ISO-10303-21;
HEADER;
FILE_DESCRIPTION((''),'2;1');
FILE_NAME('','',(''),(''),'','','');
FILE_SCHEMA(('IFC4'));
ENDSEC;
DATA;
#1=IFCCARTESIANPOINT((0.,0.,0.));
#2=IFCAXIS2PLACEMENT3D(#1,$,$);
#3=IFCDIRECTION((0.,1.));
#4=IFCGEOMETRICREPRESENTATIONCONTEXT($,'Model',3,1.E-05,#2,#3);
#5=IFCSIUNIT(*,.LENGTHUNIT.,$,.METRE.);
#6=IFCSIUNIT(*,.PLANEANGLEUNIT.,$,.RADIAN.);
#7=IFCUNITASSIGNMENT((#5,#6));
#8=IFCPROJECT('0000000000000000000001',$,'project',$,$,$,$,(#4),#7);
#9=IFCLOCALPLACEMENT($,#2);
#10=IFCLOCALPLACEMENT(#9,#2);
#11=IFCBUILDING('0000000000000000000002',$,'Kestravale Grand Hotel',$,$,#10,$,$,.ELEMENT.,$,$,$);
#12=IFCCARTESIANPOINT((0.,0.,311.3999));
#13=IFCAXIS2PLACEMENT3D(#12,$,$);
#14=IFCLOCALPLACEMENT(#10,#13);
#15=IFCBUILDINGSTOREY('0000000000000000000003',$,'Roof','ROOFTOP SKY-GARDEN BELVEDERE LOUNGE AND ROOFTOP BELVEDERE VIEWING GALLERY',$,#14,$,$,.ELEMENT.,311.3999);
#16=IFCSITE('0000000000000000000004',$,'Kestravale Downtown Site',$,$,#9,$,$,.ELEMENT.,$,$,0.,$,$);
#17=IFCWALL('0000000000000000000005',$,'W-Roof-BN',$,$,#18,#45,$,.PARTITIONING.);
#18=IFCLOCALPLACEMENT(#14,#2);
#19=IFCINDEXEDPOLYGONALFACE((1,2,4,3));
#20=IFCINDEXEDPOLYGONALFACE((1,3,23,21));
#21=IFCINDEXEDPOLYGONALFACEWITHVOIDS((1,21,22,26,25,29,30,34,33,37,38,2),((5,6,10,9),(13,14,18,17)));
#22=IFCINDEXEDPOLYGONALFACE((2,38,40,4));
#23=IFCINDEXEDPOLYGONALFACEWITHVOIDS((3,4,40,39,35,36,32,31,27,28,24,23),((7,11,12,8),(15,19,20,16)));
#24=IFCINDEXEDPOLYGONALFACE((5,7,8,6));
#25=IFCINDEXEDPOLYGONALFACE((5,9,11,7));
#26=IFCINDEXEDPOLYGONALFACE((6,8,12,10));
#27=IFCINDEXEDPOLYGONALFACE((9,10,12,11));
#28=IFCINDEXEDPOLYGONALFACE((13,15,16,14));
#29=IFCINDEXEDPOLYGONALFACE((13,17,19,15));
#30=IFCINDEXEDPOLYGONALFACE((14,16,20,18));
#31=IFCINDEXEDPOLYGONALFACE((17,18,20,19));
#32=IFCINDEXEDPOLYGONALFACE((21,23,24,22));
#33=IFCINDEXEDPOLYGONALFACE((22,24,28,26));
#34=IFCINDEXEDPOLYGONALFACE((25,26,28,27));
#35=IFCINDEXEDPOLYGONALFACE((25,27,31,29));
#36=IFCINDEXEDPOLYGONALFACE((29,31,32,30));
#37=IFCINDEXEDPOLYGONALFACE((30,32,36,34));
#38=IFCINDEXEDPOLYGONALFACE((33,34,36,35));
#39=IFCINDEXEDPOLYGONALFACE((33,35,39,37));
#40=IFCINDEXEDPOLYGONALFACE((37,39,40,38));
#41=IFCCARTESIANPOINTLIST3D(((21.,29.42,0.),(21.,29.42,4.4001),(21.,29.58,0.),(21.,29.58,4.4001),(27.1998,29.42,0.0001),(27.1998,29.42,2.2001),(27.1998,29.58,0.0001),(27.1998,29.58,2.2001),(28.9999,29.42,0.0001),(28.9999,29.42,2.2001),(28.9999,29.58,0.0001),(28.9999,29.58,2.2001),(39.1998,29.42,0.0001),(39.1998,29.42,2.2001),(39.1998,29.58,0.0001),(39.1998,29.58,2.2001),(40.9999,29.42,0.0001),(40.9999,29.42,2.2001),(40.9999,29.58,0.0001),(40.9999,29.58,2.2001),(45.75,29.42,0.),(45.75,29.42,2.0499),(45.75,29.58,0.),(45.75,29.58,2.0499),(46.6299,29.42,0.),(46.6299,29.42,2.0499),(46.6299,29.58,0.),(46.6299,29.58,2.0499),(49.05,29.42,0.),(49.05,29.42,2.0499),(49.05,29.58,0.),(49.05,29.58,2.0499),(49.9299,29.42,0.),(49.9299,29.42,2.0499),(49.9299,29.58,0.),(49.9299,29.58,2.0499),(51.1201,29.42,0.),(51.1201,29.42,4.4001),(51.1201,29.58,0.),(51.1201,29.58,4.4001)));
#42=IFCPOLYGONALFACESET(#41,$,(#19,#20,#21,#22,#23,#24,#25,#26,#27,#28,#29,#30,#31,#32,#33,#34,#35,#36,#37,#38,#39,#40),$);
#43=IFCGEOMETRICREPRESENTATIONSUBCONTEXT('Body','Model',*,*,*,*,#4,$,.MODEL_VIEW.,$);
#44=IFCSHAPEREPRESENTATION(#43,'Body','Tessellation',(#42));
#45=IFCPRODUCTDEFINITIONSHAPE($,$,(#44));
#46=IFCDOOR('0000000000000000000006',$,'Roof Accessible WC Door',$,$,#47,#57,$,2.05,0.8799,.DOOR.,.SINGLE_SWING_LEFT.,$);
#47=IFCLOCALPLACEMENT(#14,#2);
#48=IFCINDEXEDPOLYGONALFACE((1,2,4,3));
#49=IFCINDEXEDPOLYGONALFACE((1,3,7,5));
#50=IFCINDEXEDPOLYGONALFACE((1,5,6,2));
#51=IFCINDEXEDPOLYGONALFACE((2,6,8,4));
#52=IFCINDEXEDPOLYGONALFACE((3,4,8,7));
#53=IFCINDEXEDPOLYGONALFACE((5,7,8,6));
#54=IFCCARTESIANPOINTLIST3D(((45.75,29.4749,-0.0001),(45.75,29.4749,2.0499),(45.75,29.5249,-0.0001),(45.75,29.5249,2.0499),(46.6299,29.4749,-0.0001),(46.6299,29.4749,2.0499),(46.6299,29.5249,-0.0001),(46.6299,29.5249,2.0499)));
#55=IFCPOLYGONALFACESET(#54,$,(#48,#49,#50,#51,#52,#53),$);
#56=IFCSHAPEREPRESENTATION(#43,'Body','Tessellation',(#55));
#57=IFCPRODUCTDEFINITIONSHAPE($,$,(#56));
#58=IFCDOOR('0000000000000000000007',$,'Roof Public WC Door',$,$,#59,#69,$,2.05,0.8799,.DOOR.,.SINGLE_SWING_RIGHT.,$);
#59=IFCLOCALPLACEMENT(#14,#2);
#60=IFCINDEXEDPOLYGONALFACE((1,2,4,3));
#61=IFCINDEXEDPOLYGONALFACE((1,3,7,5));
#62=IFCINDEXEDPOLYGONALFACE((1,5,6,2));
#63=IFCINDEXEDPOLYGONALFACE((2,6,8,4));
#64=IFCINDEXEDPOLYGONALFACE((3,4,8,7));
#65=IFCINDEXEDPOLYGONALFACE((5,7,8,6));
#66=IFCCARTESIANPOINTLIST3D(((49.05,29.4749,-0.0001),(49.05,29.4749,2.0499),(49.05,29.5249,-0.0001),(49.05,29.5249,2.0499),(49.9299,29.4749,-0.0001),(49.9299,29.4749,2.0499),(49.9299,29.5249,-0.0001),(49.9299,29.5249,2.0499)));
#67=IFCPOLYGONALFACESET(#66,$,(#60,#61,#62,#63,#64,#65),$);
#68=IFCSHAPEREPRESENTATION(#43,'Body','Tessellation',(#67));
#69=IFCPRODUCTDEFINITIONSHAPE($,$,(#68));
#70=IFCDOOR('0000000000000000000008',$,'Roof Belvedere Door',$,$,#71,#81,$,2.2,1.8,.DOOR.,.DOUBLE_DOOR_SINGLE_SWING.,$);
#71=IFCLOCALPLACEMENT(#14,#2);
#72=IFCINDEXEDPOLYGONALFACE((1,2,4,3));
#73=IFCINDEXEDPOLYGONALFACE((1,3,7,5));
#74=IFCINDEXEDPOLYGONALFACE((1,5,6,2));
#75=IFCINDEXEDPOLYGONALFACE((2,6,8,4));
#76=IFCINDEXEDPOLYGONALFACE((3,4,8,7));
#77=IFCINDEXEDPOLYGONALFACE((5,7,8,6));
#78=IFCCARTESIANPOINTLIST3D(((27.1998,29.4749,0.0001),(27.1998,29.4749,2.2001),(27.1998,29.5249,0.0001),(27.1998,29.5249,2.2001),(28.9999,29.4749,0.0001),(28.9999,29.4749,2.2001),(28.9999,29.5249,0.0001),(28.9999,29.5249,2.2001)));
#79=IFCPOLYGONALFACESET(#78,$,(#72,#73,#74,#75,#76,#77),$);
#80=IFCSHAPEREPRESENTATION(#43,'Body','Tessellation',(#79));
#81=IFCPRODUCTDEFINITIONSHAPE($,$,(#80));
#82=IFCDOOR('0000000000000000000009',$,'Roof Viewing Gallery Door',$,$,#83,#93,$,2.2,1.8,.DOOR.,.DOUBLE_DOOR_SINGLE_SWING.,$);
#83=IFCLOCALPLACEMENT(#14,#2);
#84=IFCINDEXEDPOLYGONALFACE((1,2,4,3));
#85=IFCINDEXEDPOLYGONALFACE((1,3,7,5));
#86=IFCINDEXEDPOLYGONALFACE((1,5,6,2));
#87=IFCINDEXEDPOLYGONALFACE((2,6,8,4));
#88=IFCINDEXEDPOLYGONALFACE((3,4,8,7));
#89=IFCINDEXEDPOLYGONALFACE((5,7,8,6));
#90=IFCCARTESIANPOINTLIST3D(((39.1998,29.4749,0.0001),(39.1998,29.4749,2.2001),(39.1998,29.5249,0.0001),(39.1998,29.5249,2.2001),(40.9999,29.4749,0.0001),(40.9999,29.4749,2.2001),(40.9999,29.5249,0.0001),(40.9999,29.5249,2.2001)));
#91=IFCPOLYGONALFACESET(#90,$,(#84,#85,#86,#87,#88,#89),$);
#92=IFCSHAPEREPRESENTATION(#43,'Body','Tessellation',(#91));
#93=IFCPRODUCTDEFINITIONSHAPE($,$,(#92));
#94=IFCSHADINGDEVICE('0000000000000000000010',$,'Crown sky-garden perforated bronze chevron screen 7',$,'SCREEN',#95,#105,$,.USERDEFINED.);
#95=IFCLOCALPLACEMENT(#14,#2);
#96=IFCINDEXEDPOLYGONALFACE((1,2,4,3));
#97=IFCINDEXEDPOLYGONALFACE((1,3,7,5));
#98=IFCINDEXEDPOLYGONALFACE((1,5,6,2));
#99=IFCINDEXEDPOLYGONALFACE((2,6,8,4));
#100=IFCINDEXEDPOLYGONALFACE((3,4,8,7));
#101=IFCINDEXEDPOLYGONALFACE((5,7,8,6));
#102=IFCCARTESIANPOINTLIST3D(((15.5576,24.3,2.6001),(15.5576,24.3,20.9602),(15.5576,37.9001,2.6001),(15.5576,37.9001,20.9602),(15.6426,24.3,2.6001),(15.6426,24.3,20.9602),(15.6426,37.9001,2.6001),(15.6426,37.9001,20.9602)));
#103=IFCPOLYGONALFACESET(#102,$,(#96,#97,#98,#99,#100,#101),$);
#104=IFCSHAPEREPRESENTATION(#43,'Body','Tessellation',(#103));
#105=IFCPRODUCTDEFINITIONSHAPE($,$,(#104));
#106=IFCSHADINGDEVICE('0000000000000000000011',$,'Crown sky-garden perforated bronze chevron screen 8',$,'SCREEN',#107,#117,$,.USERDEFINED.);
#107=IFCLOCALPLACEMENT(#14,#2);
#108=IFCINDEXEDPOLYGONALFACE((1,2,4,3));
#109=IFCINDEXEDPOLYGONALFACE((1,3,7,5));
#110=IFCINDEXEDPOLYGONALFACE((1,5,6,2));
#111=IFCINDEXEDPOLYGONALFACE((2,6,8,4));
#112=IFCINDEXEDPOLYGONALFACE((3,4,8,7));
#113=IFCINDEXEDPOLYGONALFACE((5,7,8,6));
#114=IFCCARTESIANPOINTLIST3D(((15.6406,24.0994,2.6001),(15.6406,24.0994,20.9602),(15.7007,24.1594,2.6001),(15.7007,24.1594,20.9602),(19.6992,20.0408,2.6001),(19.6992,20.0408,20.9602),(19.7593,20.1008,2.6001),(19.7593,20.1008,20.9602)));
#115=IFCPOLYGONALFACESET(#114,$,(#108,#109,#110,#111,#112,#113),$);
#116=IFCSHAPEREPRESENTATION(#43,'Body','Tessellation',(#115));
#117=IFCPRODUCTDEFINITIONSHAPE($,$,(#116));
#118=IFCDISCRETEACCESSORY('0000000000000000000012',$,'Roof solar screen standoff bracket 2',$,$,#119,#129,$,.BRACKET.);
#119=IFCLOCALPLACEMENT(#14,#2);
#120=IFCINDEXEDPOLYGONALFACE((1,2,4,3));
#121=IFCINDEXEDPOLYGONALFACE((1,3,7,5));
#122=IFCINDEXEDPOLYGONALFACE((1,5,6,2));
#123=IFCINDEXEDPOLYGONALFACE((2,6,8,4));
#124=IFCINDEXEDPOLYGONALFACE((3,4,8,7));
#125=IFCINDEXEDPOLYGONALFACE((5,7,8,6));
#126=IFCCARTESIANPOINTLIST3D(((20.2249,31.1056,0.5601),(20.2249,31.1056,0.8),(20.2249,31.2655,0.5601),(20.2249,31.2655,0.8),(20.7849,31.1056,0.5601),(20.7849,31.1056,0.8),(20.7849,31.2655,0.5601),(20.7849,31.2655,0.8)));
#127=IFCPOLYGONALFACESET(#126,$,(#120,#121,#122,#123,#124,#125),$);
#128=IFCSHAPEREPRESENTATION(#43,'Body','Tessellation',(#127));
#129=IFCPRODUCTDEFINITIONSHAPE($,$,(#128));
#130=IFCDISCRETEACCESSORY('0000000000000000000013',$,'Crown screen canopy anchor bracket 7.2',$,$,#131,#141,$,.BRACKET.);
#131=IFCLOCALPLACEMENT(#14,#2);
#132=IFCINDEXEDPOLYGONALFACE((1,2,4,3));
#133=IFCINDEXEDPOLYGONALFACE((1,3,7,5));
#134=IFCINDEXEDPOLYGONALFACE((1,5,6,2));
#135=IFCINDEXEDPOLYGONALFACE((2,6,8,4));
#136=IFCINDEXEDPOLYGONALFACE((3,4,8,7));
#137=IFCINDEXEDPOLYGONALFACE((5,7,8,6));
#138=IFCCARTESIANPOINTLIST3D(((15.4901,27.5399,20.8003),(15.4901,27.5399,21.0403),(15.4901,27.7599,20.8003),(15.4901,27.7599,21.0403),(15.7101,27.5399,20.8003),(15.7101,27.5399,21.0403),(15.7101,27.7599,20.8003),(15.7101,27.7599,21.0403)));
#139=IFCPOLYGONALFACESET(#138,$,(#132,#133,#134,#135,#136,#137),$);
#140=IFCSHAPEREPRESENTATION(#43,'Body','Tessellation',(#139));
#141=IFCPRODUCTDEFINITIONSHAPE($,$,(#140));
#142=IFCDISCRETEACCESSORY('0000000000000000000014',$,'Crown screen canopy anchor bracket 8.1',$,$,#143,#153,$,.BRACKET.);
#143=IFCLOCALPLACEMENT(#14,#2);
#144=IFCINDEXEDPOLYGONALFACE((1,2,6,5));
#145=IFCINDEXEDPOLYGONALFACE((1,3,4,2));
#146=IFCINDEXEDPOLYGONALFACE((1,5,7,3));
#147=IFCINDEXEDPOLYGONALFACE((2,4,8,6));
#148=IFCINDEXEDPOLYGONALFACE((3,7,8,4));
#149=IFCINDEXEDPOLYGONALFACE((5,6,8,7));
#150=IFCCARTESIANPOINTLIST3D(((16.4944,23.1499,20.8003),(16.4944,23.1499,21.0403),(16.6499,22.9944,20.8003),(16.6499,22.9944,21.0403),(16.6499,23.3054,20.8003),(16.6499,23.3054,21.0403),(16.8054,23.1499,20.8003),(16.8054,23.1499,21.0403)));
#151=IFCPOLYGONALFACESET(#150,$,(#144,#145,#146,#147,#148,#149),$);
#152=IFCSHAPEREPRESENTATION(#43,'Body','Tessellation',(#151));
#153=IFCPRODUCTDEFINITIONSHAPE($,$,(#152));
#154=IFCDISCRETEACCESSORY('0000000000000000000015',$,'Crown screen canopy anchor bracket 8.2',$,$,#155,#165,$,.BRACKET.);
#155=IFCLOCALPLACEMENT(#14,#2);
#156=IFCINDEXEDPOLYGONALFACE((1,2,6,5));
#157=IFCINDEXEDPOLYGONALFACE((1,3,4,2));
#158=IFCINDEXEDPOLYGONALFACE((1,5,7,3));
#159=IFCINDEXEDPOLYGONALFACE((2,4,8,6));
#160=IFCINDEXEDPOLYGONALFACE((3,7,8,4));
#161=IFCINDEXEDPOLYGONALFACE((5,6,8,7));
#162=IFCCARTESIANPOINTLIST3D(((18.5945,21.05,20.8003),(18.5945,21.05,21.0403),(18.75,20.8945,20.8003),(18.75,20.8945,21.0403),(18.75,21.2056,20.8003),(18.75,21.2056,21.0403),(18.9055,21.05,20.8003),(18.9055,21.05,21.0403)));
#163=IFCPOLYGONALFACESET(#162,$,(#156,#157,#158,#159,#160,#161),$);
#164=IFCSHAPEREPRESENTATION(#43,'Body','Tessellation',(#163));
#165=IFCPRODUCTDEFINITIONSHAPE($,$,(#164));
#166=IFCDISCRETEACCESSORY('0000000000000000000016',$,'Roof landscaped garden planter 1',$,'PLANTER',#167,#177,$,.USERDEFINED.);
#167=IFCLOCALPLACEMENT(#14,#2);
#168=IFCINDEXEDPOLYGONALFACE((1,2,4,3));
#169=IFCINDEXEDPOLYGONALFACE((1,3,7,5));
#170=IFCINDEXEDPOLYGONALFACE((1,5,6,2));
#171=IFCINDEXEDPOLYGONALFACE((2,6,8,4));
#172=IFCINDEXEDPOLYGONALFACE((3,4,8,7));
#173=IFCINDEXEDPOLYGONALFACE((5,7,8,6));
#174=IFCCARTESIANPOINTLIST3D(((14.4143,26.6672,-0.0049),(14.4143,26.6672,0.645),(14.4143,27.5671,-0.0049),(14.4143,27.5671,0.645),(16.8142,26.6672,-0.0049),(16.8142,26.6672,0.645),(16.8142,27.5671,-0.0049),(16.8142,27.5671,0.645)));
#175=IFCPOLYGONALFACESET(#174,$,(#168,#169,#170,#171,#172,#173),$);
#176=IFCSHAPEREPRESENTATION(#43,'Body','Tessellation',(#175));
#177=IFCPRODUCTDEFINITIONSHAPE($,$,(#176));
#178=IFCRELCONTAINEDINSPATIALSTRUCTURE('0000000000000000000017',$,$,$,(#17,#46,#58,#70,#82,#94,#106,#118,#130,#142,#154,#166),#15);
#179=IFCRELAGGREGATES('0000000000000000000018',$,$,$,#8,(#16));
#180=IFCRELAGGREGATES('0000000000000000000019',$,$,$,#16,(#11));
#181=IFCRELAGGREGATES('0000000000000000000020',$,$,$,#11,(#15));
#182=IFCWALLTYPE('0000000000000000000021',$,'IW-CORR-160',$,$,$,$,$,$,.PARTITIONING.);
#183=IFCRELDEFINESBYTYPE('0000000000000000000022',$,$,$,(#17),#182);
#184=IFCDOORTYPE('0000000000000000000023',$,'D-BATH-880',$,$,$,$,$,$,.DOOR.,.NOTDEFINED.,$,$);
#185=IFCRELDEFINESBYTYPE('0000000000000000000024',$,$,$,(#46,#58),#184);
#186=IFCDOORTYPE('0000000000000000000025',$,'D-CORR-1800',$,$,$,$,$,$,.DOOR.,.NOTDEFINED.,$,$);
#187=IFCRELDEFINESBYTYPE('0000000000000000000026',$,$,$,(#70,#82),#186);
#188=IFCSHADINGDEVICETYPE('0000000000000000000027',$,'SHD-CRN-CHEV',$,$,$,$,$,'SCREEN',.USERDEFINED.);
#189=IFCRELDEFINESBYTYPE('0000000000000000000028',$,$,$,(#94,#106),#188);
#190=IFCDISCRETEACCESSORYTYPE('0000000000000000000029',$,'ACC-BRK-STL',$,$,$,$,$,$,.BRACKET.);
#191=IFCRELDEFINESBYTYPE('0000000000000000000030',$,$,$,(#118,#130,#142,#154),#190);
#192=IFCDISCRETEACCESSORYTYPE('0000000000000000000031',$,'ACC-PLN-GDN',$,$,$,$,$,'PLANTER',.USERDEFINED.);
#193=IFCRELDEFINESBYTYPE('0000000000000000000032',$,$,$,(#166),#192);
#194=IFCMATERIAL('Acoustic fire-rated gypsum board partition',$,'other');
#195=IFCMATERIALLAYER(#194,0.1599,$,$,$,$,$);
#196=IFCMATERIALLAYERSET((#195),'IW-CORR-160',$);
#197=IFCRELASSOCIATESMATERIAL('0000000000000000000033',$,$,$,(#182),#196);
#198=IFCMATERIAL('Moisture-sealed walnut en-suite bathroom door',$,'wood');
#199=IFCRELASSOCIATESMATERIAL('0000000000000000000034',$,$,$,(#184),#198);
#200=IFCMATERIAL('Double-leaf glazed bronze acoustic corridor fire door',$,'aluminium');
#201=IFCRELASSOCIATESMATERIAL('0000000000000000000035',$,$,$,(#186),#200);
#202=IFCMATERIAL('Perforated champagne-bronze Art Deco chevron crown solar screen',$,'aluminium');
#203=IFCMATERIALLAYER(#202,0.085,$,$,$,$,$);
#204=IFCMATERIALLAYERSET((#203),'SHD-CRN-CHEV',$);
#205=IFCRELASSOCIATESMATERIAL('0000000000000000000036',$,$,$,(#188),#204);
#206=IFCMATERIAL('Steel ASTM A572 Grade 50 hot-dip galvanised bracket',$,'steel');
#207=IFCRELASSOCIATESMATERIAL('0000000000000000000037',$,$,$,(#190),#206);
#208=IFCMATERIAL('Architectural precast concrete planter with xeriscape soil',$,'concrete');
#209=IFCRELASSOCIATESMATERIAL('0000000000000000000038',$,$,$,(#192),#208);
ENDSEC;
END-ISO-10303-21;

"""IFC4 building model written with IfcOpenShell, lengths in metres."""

from ifc_helpers import new_model, si_unit, direction, frame, frame_2d, origin, origin_2d, place, context, subcontext, project, spatial, rectangle, extrude, material, layer, layer_set, type_object, element, fill, save


model = new_model("IFC4")

# Units and contexts
model_context = context("Model", 3, precision=1e-05, world=origin(), true_north=direction((0.0, 1.0)))
body_context = subcontext(model_context, "Body", "Model", "MODEL_VIEW")
ifc_project = project(units=[si_unit("LENGTHUNIT", "METRE"), si_unit("PLANEANGLEUNIT", "RADIAN")], contexts=[model_context])

# Site, building, storey
site_placement = place(None, origin())
site = spatial("IfcSite", under=ifc_project, at=site_placement, Name="Kestravale Downtown Site", CompositionType="ELEMENT", RefElevation=0.0)
building_placement = place(site_placement, origin())
building = spatial("IfcBuilding", under=site, at=building_placement, Name="Kestravale Grand Hotel", CompositionType="ELEMENT")
storey_placement = place(building_placement, frame((0.0, 0.0, 311.3999)))
storey = spatial("IfcBuildingStorey", under=building, at=storey_placement, Name="Roof", Description="ROOFTOP SKY-GARDEN BELVEDERE LOUNGE AND ROOFTOP BELVEDERE VIEWING GALLERY", CompositionType="ELEMENT", Elevation=311.3999)

# Wall, openings, doors
ifc_material_1 = material(Name="Acoustic fire-rated gypsum board partition", Category="other")
ifc_layer_1 = layer(ifc_material_1, 0.1599)
ifc_layer_set_1 = layer_set([ifc_layer_1], Name="IW-CORR-160")
wall_type_1 = type_object("IfcWallType", Name="IW-CORR-160", PredefinedType="PARTITIONING", material=ifc_layer_set_1)
wall_1_placement = place(storey_placement, frame((21.0, 29.5, 0.0), z_axis=(0.0, 0.0, 1.0), x_axis=(1.0, 0.0, 0.0)))
wall_1 = element("IfcWall", 1, at=wall_1_placement, inside=storey, type_object=wall_type_1, Name="W-Roof-BN", PredefinedType="PARTITIONING", context=body_context, shape_type="SweptSolid", body=[
    extrude(rectangle(XDim=30.1201, YDim=0.1599, at=frame_2d((15.0601, 0.0))), origin(), (0.0, 0.0, 1.0), 4.4001),
])
opening_1_placement = place(wall_1_placement, frame((6.2, 0.0, 0.0)))
opening_1 = element("IfcOpeningElement", 2, at=opening_1_placement, cuts=wall_1, PredefinedType="OPENING", context=body_context, shape_type="SweptSolid", body=[
    extrude(rectangle(XDim=1.8, YDim=2.2, at=frame_2d((0.8999, 1.1001))), frame((0.0, 0.0898, 0.0), z_axis=(0.0, -1.0, 0.0), x_axis=(1.0, 0.0, 0.0)), (0.0, 0.0, 1.0), 0.1799),
])
opening_2_placement = place(wall_1_placement, frame((18.2, 0.0, 0.0)))
opening_2 = element("IfcOpeningElement", 3, at=opening_2_placement, cuts=wall_1, PredefinedType="OPENING", context=body_context, shape_type="SweptSolid", body=[
    extrude(rectangle(XDim=1.8, YDim=2.2, at=frame_2d((0.8999, 1.1001))), frame((0.0, 0.0898, 0.0), z_axis=(0.0, -1.0, 0.0), x_axis=(1.0, 0.0, 0.0)), (0.0, 0.0, 1.0), 0.1799),
])
opening_3_placement = place(wall_1_placement, frame((24.75, 0.0, 0.0)))
opening_3 = element("IfcOpeningElement", 4, at=opening_3_placement, cuts=wall_1, PredefinedType="OPENING", context=body_context, shape_type="SweptSolid", body=[
    extrude(rectangle(XDim=0.8799, YDim=2.05, at=frame_2d((0.4399, 1.0249))), frame((0.0, 0.0898, 0.0), z_axis=(0.0, -1.0, 0.0), x_axis=(1.0, 0.0, 0.0)), (0.0, 0.0, 1.0), 0.1799),
])
opening_4_placement = place(wall_1_placement, frame((28.05, 0.0, 0.0)))
opening_4 = element("IfcOpeningElement", 5, at=opening_4_placement, cuts=wall_1, PredefinedType="OPENING", context=body_context, shape_type="SweptSolid", body=[
    extrude(rectangle(XDim=0.8799, YDim=2.05, at=frame_2d((0.4399, 1.0249))), frame((0.0, 0.0898, 0.0), z_axis=(0.0, -1.0, 0.0), x_axis=(1.0, 0.0, 0.0)), (0.0, 0.0, 1.0), 0.1799),
])
ifc_material_2 = material(Name="Moisture-sealed walnut en-suite bathroom door", Category="wood")
door_type_1 = type_object("IfcDoorType", Name="D-BATH-880", OperationType="NOTDEFINED", PredefinedType="DOOR", material=ifc_material_2)
door_1_placement = place(opening_3_placement, origin())
door_1 = element("IfcDoor", 6, at=door_1_placement, inside=storey, type_object=door_type_1, Name="Roof Accessible WC Door", OperationType="SINGLE_SWING_LEFT", OverallHeight=2.05, OverallWidth=0.8799, PredefinedType="DOOR", context=body_context, shape_type="SweptSolid", body=[
    extrude(rectangle(XDim=0.8799, YDim=2.05, at=frame_2d((0.4399, 1.0249))), frame((0.0, 0.0249, 0.0), z_axis=(0.0, -1.0, 0.0), x_axis=(1.0, 0.0, 0.0)), (0.0, 0.0, 1.0), 0.05),
])
fill(opening_3, door_1)
door_2_placement = place(opening_4_placement, origin())
door_2 = element("IfcDoor", 7, at=door_2_placement, inside=storey, type_object=door_type_1, Name="Roof Public WC Door", OperationType="SINGLE_SWING_RIGHT", OverallHeight=2.05, OverallWidth=0.8799, PredefinedType="DOOR", context=body_context, shape_type="SweptSolid", body=[
    extrude(rectangle(XDim=0.8799, YDim=2.05, at=frame_2d((0.4399, 1.0249))), frame((0.0, 0.0249, 0.0), z_axis=(0.0, -1.0, 0.0), x_axis=(1.0, 0.0, 0.0)), (0.0, 0.0, 1.0), 0.05),
])
fill(opening_4, door_2)
ifc_material_3 = material(Name="Double-leaf glazed bronze acoustic corridor fire door", Category="aluminium")
door_type_2 = type_object("IfcDoorType", Name="D-CORR-1800", OperationType="NOTDEFINED", PredefinedType="DOOR", material=ifc_material_3)
door_3_placement = place(opening_1_placement, origin())
door_3 = element("IfcDoor", 8, at=door_3_placement, inside=storey, type_object=door_type_2, Name="Roof Belvedere Door", OperationType="DOUBLE_DOOR_SINGLE_SWING", OverallHeight=2.2, OverallWidth=1.8, PredefinedType="DOOR", context=body_context, shape_type="SweptSolid", body=[
    extrude(rectangle(XDim=1.8, YDim=2.2, at=frame_2d((0.8999, 1.1001))), frame((0.0, 0.0249, 0.0), z_axis=(0.0, -1.0, 0.0), x_axis=(1.0, 0.0, 0.0)), (0.0, 0.0, 1.0), 0.05),
])
fill(opening_1, door_3)
door_4_placement = place(opening_2_placement, origin())
door_4 = element("IfcDoor", 9, at=door_4_placement, inside=storey, type_object=door_type_2, Name="Roof Viewing Gallery Door", OperationType="DOUBLE_DOOR_SINGLE_SWING", OverallHeight=2.2, OverallWidth=1.8, PredefinedType="DOOR", context=body_context, shape_type="SweptSolid", body=[
    extrude(rectangle(XDim=1.8, YDim=2.2, at=frame_2d((0.8999, 1.1001))), frame((0.0, 0.0249, 0.0), z_axis=(0.0, -1.0, 0.0), x_axis=(1.0, 0.0, 0.0)), (0.0, 0.0, 1.0), 0.05),
])
fill(opening_2, door_4)

# Shading devices
ifc_material_4 = material(Name="Perforated champagne-bronze Art Deco chevron crown solar screen", Category="aluminium")
ifc_layer_2 = layer(ifc_material_4, 0.085)
ifc_layer_set_2 = layer_set([ifc_layer_2], Name="SHD-CRN-CHEV")
shading_device_type = type_object("IfcShadingDeviceType", Name="SHD-CRN-CHEV", ElementType="SCREEN", PredefinedType="USERDEFINED", material=ifc_layer_set_2)
shading_device_1_placement = place(storey_placement, frame((15.6001, 31.1001, 2.6001), z_axis=(0.0, 0.0, 1.0), x_axis=(0.0, -1.0, 0.0)))
element("IfcShadingDevice", 10, at=shading_device_1_placement, inside=storey, type_object=shading_device_type, Name="Crown sky-garden perforated bronze chevron screen 7", ObjectType="SCREEN", PredefinedType="USERDEFINED", context=body_context, shape_type="SweptSolid", body=[
    extrude(rectangle(XDim=13.6001, YDim=0.085, at=origin_2d()), origin(), (0.0, 0.0, 1.0), 18.3601),
])
shading_device_2_placement = place(storey_placement, frame((17.7, 22.1001, 2.6001), z_axis=(0.0, 0.0, 1.0), x_axis=(0.707107, -0.707107, 0.0)))
element("IfcShadingDevice", 11, at=shading_device_2_placement, inside=storey, type_object=shading_device_type, Name="Crown sky-garden perforated bronze chevron screen 8", ObjectType="SCREEN", PredefinedType="USERDEFINED", context=body_context, shape_type="SweptSolid", body=[
    extrude(rectangle(XDim=5.7397, YDim=0.085, at=origin_2d()), origin(), (0.0, 0.0, 1.0), 18.3601),
])

# Discrete accessories
ifc_material_5 = material(Name="Steel ASTM A572 Grade 50 hot-dip galvanised bracket", Category="steel")
discrete_accessory_type_1 = type_object("IfcDiscreteAccessoryType", Name="ACC-BRK-STL", PredefinedType="BRACKET", material=ifc_material_5)
discrete_accessory_1_placement = place(storey_placement, frame((20.5049, 31.1855, 0.5601), z_axis=(0.0, 0.0, 1.0), x_axis=(0.0, -1.0, 0.0)))
element("IfcDiscreteAccessory", 12, at=discrete_accessory_1_placement, inside=storey, type_object=discrete_accessory_type_1, Name="Roof solar screen standoff bracket 2", PredefinedType="BRACKET", context=body_context, shape_type="SweptSolid", body=[
    extrude(rectangle(XDim=0.1599, YDim=0.5601, at=origin_2d()), origin(), (0.0, 0.0, 1.0), 0.24),
])
for number, where, z_axis, x_axis, name in (
    (13, (15.6001, 27.6499, 20.8003), (0.0, 0.0, 1.0), (0.0, -1.0, 0.0), "Crown screen canopy anchor bracket 7.2"),
    (14, (16.6499, 23.1499, 20.8003), (0.0, 0.0, 1.0), (0.707107, -0.707107, 0.0), "Crown screen canopy anchor bracket 8.1"),
    (15, (18.75, 21.05, 20.8003), (0.0, 0.0, 1.0), (0.707107, -0.707107, 0.0), "Crown screen canopy anchor bracket 8.2"),
):
    element("IfcDiscreteAccessory", number, at=place(storey_placement, frame(where, z_axis=z_axis, x_axis=x_axis)), inside=storey, type_object=discrete_accessory_type_1, Name=name, PredefinedType="BRACKET", context=body_context, shape_type="SweptSolid", body=[
        extrude(rectangle(XDim=0.22, YDim=0.22, at=origin_2d()), origin(), (0.0, 0.0, 1.0), 0.24),
    ])
ifc_material_6 = material(Name="Architectural precast concrete planter with xeriscape soil", Category="concrete")
discrete_accessory_type_2 = type_object("IfcDiscreteAccessoryType", Name="ACC-PLN-GDN", ElementType="PLANTER", PredefinedType="USERDEFINED", material=ifc_material_6)
discrete_accessory_2_placement = place(storey_placement, frame((15.6143, 27.1172, -0.0049), z_axis=(0.0, 0.0, 1.0), x_axis=(1.0, 0.0, 0.0)))
element("IfcDiscreteAccessory", 16, at=discrete_accessory_2_placement, inside=storey, type_object=discrete_accessory_type_2, Name="Roof landscaped garden planter 1", ObjectType="PLANTER", PredefinedType="USERDEFINED", context=body_context, shape_type="SweptSolid", body=[
    extrude(rectangle(XDim=2.3999, YDim=0.8999, at=origin_2d()), origin(), (0.0, 0.0, 1.0), 0.6499),
])

save(model, "model.ifc")
